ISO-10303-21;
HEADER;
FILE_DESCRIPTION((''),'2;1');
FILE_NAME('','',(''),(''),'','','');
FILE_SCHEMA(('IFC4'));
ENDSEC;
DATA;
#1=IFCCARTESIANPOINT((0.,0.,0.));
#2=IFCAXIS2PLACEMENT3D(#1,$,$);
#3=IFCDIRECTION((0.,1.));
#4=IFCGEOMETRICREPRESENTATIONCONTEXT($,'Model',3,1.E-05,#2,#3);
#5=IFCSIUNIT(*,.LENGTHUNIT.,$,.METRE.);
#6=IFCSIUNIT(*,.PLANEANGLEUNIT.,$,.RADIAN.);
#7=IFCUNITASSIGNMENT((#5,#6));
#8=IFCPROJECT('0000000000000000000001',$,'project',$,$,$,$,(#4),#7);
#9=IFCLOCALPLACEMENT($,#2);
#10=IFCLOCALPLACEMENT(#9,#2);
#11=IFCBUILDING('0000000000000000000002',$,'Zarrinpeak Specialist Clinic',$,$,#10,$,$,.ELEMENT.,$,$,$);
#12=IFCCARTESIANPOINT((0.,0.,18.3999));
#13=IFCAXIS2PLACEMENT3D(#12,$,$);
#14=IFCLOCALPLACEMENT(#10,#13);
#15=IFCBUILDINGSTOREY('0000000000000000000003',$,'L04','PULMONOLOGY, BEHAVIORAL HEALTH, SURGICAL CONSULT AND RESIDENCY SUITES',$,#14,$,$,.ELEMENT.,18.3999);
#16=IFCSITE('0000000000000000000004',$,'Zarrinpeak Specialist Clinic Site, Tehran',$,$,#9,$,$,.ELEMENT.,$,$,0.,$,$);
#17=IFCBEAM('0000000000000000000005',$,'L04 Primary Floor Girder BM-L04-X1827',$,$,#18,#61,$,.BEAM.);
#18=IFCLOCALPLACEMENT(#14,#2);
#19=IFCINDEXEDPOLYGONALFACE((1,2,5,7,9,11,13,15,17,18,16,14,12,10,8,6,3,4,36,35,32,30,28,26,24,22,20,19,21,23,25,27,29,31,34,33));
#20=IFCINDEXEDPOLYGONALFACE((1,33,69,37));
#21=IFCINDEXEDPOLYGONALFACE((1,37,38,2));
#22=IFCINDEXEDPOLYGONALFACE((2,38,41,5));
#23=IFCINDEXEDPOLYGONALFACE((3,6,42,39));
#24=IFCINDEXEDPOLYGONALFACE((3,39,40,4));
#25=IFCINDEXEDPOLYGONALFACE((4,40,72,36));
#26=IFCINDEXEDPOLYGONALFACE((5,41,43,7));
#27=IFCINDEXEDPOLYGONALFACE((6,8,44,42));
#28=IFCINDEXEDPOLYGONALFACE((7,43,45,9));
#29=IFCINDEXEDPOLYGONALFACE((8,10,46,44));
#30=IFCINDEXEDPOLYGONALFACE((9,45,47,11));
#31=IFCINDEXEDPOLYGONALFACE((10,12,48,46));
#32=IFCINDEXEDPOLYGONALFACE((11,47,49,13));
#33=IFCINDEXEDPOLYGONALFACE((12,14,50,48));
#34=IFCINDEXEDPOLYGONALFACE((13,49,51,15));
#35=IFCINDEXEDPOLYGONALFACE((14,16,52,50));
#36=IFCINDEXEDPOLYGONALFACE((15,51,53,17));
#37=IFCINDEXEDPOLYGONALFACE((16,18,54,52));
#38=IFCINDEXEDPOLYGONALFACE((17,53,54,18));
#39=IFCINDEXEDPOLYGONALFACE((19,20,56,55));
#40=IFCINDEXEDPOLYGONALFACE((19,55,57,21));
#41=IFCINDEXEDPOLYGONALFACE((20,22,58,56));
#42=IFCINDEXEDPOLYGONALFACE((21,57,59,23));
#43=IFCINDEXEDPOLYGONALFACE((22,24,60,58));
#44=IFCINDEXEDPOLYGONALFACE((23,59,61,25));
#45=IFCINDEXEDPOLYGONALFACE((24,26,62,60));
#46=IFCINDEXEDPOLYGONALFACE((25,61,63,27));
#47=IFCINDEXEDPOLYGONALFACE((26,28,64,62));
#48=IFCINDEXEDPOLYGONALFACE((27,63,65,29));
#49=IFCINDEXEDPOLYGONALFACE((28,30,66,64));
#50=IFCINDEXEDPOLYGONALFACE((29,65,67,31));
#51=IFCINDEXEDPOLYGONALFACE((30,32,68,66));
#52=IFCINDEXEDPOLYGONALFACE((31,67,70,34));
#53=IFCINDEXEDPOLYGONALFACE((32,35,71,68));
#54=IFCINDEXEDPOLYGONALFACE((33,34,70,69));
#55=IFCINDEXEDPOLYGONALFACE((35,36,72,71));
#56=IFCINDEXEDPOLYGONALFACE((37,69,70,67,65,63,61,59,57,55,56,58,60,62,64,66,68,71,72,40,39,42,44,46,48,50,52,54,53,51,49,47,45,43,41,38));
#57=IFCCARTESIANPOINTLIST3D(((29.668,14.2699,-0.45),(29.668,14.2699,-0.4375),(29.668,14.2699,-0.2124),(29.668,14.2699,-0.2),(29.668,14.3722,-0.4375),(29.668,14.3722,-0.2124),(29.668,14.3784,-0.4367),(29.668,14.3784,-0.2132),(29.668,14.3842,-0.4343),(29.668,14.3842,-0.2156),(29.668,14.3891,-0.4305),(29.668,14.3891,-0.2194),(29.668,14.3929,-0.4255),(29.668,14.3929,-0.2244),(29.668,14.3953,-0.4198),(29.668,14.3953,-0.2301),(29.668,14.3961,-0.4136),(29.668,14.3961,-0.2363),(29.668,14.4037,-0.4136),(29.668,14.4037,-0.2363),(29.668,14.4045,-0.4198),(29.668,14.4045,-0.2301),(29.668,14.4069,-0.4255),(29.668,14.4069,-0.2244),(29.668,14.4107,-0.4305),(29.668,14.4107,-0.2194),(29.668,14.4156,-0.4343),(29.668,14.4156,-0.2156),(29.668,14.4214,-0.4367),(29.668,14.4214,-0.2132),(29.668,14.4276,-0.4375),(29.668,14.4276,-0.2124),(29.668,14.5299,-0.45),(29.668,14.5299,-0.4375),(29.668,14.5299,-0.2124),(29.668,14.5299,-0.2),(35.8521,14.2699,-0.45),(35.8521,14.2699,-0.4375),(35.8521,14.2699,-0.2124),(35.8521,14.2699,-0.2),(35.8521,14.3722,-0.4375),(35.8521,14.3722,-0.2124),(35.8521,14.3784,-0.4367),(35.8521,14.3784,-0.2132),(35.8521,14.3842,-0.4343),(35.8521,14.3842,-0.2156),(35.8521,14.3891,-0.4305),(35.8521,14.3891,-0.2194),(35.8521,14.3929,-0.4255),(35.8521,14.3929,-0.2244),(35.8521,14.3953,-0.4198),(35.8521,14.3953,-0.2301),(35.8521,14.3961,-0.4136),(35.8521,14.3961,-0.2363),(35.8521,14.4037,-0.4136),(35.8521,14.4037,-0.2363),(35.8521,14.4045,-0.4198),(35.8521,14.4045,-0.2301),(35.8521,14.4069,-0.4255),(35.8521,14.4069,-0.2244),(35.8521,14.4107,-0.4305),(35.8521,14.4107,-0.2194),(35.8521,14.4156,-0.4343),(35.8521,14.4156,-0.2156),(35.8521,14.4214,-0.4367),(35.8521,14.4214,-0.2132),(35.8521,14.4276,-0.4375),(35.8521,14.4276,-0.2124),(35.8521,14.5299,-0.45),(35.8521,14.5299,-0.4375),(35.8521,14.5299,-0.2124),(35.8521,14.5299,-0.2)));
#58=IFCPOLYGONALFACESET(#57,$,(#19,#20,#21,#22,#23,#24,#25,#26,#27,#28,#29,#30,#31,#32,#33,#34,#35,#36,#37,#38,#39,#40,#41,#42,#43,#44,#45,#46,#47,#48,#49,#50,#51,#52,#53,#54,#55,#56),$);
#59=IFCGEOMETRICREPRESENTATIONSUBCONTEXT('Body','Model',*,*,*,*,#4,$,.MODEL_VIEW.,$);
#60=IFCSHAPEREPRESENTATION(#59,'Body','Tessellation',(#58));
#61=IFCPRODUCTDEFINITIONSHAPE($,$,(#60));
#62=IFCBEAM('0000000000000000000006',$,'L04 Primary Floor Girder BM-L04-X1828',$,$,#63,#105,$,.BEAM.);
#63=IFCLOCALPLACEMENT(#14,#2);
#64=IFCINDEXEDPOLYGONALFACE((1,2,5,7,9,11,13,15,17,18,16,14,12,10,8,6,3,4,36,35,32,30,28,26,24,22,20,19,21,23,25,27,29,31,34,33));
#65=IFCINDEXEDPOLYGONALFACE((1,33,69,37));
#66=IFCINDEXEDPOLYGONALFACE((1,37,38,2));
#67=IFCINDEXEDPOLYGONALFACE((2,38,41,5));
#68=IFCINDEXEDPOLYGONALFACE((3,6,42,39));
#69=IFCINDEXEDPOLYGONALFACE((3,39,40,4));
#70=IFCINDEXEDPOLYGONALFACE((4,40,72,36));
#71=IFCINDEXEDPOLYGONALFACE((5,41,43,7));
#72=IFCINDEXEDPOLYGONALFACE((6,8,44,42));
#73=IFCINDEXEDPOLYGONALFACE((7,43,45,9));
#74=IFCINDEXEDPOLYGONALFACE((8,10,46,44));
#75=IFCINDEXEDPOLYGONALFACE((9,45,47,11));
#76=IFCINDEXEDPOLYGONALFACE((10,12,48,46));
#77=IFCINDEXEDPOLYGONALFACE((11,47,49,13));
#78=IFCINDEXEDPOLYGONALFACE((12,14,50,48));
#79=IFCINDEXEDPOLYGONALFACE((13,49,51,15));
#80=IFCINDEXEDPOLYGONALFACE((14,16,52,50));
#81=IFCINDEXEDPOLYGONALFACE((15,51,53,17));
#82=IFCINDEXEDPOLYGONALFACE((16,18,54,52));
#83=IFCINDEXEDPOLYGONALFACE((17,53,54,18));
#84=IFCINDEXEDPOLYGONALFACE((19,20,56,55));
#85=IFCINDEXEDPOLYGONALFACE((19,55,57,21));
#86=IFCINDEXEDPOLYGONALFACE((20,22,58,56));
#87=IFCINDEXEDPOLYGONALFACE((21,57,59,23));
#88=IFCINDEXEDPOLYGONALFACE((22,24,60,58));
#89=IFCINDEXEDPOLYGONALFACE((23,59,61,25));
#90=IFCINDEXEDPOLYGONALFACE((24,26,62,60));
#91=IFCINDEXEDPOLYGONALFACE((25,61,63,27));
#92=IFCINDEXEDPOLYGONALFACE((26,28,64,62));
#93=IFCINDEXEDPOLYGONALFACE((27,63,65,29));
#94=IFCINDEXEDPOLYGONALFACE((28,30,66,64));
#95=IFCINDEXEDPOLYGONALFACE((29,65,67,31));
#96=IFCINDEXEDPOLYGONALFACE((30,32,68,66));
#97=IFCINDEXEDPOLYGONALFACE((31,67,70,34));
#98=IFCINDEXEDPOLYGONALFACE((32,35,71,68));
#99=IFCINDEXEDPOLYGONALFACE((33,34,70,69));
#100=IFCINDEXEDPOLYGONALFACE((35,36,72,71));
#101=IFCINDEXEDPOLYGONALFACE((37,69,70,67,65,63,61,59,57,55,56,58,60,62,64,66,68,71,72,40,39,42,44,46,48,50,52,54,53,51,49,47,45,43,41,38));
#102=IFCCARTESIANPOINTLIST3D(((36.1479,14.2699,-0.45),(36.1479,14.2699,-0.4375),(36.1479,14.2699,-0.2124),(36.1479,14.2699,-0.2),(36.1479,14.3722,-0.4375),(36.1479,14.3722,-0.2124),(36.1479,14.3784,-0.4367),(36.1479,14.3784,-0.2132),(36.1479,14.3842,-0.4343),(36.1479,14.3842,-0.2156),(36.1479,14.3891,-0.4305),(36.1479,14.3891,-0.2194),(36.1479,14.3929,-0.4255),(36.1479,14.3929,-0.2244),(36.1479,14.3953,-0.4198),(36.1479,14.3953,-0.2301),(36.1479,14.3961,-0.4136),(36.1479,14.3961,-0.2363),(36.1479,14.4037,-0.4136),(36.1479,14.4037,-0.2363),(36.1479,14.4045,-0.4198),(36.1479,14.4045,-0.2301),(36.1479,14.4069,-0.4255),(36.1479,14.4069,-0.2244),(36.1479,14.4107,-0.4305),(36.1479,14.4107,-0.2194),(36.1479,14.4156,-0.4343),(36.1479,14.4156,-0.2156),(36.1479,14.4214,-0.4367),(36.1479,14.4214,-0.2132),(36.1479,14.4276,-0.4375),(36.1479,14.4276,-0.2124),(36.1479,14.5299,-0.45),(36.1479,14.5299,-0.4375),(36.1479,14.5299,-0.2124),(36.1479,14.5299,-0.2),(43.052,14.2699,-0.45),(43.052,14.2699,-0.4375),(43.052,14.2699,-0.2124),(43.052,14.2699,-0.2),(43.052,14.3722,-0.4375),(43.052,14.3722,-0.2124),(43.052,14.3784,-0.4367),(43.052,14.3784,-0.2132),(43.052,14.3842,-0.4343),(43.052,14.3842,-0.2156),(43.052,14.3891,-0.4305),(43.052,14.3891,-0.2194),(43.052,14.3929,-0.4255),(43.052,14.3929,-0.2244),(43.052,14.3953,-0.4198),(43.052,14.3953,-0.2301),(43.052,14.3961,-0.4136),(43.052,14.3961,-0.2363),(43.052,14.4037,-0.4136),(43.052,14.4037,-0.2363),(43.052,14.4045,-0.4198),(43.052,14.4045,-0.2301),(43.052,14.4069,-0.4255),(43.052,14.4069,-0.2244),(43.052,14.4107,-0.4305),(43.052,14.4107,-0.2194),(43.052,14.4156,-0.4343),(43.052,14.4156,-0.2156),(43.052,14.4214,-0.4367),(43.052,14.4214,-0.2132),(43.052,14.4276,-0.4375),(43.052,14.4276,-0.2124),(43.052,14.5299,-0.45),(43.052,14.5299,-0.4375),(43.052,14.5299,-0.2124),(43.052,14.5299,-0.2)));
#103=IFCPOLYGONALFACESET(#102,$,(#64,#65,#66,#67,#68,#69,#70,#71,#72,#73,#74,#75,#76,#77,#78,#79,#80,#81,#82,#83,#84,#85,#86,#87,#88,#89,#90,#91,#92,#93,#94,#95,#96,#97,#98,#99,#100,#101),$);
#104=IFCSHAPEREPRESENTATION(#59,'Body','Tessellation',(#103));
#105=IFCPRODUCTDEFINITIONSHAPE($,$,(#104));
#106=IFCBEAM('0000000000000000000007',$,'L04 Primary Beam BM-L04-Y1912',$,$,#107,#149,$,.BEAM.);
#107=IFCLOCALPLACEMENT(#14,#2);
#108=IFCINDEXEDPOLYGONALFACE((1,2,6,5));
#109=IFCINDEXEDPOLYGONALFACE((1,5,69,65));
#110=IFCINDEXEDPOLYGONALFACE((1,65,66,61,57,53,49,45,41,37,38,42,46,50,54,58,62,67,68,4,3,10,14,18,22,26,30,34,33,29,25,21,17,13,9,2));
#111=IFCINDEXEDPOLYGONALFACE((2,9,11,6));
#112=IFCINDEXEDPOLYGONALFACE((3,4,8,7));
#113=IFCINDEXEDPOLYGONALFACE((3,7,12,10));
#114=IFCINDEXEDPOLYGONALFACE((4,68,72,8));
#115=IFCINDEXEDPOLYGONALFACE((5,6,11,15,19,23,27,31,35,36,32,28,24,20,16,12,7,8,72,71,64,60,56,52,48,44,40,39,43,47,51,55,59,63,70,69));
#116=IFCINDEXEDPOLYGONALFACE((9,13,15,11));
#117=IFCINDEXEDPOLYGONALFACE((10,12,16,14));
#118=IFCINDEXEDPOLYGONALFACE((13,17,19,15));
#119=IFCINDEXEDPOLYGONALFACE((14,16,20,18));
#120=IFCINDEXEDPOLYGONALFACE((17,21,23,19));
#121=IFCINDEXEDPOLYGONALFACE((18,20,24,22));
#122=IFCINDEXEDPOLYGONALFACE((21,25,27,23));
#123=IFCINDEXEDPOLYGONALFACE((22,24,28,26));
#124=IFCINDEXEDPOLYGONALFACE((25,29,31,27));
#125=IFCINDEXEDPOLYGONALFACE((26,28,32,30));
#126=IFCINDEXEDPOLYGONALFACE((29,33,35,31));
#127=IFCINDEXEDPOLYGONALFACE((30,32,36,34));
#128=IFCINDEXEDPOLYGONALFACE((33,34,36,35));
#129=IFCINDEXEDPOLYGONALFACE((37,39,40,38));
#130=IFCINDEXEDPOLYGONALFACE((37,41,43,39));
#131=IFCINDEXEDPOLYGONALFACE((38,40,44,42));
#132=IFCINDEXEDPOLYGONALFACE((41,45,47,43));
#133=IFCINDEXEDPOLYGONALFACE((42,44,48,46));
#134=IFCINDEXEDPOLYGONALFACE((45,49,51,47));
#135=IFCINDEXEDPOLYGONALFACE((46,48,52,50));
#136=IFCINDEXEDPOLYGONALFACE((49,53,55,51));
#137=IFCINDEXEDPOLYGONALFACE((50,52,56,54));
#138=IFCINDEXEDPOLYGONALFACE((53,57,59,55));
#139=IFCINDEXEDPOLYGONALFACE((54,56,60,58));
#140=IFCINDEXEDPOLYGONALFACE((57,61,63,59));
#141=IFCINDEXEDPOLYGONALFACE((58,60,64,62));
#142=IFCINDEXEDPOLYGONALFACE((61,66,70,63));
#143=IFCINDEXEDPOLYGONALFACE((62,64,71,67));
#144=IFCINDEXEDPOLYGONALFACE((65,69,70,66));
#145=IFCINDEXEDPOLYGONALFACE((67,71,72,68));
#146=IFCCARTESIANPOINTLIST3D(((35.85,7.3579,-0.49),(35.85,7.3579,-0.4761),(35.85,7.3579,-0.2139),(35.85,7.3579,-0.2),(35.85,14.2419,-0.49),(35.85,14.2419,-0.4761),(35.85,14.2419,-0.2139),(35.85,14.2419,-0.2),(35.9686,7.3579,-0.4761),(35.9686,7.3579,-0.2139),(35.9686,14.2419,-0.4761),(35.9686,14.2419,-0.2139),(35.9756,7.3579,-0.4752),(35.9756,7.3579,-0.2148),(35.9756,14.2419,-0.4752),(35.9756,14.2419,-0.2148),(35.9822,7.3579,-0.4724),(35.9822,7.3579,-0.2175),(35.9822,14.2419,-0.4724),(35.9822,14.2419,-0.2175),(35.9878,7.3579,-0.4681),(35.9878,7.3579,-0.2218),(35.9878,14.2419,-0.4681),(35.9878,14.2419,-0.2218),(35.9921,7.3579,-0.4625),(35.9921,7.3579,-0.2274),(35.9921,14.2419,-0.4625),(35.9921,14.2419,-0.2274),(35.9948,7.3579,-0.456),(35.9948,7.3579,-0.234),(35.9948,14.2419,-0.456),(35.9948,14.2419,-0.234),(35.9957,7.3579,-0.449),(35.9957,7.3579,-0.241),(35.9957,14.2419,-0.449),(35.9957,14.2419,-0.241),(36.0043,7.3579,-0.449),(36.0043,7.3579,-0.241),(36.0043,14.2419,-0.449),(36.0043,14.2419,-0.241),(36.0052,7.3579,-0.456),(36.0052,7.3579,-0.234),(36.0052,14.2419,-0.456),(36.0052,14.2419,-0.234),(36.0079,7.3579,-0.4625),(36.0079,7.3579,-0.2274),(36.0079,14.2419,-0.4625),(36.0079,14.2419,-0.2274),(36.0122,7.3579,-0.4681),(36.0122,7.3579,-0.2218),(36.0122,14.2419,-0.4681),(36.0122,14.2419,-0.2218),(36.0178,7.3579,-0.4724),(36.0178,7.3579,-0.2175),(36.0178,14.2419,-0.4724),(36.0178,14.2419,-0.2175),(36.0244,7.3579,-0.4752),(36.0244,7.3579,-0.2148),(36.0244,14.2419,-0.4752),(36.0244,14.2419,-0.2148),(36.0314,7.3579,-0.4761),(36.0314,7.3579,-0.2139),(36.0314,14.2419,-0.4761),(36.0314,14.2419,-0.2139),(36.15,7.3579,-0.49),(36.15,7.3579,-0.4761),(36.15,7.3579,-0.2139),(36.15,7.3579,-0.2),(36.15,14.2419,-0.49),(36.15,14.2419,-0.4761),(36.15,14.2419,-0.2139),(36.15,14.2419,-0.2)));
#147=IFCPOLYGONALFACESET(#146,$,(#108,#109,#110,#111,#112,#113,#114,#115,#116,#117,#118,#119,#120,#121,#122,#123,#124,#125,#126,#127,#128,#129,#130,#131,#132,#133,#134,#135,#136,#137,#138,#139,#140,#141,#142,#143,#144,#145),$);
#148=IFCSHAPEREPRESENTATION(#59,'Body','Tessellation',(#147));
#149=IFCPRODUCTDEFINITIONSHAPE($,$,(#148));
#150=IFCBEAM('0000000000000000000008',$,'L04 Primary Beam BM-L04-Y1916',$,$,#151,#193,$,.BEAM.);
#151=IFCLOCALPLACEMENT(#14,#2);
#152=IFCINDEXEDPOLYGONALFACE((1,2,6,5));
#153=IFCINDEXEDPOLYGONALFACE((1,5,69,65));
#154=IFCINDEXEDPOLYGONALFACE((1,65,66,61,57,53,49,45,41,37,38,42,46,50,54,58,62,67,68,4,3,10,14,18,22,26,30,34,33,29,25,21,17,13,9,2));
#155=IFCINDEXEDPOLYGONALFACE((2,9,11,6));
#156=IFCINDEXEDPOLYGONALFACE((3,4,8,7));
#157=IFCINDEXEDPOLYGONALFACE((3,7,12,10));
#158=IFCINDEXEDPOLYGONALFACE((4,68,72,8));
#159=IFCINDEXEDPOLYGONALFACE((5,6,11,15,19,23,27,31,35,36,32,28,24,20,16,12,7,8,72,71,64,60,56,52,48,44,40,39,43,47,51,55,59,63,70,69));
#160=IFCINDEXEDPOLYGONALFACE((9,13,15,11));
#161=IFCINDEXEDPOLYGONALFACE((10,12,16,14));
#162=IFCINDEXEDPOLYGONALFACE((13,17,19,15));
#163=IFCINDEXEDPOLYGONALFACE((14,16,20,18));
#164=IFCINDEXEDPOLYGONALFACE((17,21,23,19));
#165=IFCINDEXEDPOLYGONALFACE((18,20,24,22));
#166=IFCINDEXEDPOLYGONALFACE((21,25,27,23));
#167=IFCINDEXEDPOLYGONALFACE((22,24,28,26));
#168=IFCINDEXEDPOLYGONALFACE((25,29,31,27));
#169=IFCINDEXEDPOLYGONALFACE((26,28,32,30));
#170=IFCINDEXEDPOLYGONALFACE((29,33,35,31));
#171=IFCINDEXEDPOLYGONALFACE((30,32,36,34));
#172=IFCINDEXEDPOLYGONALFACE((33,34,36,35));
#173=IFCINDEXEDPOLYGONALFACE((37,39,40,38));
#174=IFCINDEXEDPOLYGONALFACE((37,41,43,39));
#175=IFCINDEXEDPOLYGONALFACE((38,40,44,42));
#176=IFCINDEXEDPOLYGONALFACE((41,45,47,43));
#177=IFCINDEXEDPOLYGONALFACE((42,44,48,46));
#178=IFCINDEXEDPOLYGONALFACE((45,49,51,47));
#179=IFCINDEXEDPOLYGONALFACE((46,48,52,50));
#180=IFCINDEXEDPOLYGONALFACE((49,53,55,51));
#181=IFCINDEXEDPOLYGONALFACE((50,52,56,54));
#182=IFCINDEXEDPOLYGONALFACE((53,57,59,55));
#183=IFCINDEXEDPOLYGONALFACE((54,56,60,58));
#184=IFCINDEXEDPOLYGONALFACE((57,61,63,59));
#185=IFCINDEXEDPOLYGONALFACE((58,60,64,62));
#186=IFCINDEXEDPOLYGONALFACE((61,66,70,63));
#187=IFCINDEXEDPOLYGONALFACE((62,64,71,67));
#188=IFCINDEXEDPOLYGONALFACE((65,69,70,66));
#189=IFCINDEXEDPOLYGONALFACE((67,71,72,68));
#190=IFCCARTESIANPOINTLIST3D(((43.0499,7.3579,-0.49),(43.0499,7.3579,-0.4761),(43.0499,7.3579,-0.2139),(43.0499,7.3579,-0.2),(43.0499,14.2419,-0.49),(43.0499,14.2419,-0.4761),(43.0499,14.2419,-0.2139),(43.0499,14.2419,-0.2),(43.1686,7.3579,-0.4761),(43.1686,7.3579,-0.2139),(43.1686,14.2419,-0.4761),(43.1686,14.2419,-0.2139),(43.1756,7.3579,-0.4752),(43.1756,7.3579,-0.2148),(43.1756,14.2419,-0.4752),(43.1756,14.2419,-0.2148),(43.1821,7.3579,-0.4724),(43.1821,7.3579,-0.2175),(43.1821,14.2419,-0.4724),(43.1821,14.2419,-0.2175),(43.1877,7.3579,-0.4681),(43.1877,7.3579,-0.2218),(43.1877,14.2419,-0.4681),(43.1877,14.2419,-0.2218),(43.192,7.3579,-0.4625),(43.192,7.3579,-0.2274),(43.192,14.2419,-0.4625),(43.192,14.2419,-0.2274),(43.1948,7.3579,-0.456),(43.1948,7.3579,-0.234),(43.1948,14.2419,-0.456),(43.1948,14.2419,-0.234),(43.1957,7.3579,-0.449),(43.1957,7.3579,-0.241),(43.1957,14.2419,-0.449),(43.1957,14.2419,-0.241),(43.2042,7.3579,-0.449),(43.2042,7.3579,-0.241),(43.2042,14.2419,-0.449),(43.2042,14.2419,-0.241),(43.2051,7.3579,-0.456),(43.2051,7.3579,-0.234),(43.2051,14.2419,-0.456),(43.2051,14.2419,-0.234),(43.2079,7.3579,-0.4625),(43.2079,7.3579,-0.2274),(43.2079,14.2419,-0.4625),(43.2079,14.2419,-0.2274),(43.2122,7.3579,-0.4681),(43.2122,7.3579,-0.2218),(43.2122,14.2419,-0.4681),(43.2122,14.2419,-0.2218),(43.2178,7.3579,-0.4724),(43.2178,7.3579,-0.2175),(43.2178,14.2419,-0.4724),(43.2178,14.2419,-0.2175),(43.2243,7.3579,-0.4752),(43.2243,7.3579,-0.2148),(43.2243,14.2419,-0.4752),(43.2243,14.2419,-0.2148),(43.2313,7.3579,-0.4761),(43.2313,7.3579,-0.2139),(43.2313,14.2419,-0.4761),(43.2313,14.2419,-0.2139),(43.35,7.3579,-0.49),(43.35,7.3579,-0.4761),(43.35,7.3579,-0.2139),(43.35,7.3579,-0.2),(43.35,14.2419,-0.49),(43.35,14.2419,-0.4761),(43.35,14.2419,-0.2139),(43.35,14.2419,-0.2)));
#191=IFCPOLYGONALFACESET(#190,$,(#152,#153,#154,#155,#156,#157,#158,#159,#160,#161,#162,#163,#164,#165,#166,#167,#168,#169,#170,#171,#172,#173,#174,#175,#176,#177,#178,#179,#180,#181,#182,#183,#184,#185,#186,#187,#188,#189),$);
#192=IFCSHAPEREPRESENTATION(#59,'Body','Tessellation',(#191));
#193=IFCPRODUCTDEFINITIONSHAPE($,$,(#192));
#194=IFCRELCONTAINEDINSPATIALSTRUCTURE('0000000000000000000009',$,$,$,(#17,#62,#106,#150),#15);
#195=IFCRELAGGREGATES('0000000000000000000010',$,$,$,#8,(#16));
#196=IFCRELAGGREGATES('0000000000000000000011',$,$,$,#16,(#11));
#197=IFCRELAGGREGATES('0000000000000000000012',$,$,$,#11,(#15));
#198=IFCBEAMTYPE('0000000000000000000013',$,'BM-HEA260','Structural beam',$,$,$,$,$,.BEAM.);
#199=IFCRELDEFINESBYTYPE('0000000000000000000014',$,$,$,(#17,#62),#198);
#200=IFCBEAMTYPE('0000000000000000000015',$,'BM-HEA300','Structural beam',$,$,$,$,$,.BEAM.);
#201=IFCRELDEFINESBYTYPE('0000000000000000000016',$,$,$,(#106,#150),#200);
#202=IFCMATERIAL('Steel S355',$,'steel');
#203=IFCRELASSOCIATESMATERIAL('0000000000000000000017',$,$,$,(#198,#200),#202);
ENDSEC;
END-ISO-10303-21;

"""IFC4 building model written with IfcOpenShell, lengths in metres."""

from ifc_helpers import new_model, si_unit, direction, frame, origin, origin_2d, place, context, subcontext, project, spatial, i_section, extrude, material, material_profile, profile_set, type_object, element, save


model = new_model("IFC4")

# Units and contexts
model_context = context("Model", 3, precision=1e-05, world=origin(), true_north=direction((0.0, 1.0)))
body_context = subcontext(model_context, "Body", "Model", "MODEL_VIEW")
ifc_project = project(units=[si_unit("LENGTHUNIT", "METRE"), si_unit("PLANEANGLEUNIT", "RADIAN")], contexts=[model_context])

# Site, building, storey
site_placement = place(None, origin())
site = spatial("IfcSite", under=ifc_project, at=site_placement, Name="Zarrinpeak Specialist Clinic Site, Tehran", CompositionType="ELEMENT", RefElevation=0.0)
building_placement = place(site_placement, origin())
building = spatial("IfcBuilding", under=site, at=building_placement, Name="Zarrinpeak Specialist Clinic", CompositionType="ELEMENT")
storey_placement = place(building_placement, frame((0.0, 0.0, 18.3999)))
storey = spatial("IfcBuildingStorey", under=building, at=storey_placement, Name="L04", Description="PULMONOLOGY, BEHAVIORAL HEALTH, SURGICAL CONSULT AND RESIDENCY SUITES", CompositionType="ELEMENT", Elevation=18.3999)

# Shared definitions
ifc_material_1 = material(Name="Steel S355", Category="steel")

# Beams
ifc_material_profile_1 = material_profile(ifc_material_1, i_section(OverallWidth=0.26, OverallDepth=0.25, WebThickness=0.0076, FlangeThickness=0.0125, FilletRadius=0.0239, at=origin_2d()), Name="HEA 260")
ifc_profile_set_1 = profile_set([ifc_material_profile_1], Name="Steel S355")
beam_type_1 = type_object("IfcBeamType", Name="BM-HEA260", Description="Structural beam", PredefinedType="BEAM", material=ifc_profile_set_1)
beam_1_placement = place(storey_placement, frame((29.668, 14.3999, -0.325), z_axis=(1.0, 0.0, 0.0), x_axis=(0.0, 1.0, 0.0)))
element("IfcBeam", 1, at=beam_1_placement, inside=storey, type_object=beam_type_1, Name="L04 Primary Floor Girder BM-L04-X1827", PredefinedType="BEAM", context=body_context, shape_type="SweptSolid", body=[
    extrude(i_section(OverallWidth=0.26, OverallDepth=0.25, WebThickness=0.0076, FlangeThickness=0.0125, FilletRadius=0.0239, at=origin_2d()), origin(), (0.0, 0.0, 1.0), 6.1841),
])
beam_2_placement = place(storey_placement, frame((36.1479, 14.3999, -0.325), z_axis=(1.0, 0.0, 0.0), x_axis=(0.0, 1.0, 0.0)))
element("IfcBeam", 2, at=beam_2_placement, inside=storey, type_object=beam_type_1, Name="L04 Primary Floor Girder BM-L04-X1828", PredefinedType="BEAM", context=body_context, shape_type="SweptSolid", body=[
    extrude(i_section(OverallWidth=0.26, OverallDepth=0.25, WebThickness=0.0076, FlangeThickness=0.0125, FilletRadius=0.0239, at=origin_2d()), origin(), (0.0, 0.0, 1.0), 6.9041),
])
ifc_material_profile_2 = material_profile(ifc_material_1, i_section(OverallWidth=0.3, OverallDepth=0.29, WebThickness=0.0085, FlangeThickness=0.0139, FilletRadius=0.0271, at=origin_2d()), Name="HEA 300")
ifc_profile_set_2 = profile_set([ifc_material_profile_2], Name="Steel S355")
beam_type_2 = type_object("IfcBeamType", Name="BM-HEA300", Description="Structural beam", PredefinedType="BEAM", material=ifc_profile_set_2)
for number, where, z_axis, x_axis, name in (
    (3, (36.0, 7.3579, -0.345), (0.0, 1.0, 0.0), (-1.0, 0.0, 0.0), "L04 Primary Beam BM-L04-Y1912"),
    (4, (43.2, 7.3579, -0.345), (0.0, 1.0, 0.0), (-1.0, 0.0, 0.0), "L04 Primary Beam BM-L04-Y1916"),
):
    element("IfcBeam", number, at=place(storey_placement, frame(where, z_axis=z_axis, x_axis=x_axis)), inside=storey, type_object=beam_type_2, Name=name, PredefinedType="BEAM", context=body_context, shape_type="SweptSolid", body=[
        extrude(i_section(OverallWidth=0.3, OverallDepth=0.29, WebThickness=0.0085, FlangeThickness=0.0139, FilletRadius=0.0271, at=origin_2d()), origin(), (0.0, 0.0, 1.0), 6.884),
    ])

save(model, "model.ifc")
